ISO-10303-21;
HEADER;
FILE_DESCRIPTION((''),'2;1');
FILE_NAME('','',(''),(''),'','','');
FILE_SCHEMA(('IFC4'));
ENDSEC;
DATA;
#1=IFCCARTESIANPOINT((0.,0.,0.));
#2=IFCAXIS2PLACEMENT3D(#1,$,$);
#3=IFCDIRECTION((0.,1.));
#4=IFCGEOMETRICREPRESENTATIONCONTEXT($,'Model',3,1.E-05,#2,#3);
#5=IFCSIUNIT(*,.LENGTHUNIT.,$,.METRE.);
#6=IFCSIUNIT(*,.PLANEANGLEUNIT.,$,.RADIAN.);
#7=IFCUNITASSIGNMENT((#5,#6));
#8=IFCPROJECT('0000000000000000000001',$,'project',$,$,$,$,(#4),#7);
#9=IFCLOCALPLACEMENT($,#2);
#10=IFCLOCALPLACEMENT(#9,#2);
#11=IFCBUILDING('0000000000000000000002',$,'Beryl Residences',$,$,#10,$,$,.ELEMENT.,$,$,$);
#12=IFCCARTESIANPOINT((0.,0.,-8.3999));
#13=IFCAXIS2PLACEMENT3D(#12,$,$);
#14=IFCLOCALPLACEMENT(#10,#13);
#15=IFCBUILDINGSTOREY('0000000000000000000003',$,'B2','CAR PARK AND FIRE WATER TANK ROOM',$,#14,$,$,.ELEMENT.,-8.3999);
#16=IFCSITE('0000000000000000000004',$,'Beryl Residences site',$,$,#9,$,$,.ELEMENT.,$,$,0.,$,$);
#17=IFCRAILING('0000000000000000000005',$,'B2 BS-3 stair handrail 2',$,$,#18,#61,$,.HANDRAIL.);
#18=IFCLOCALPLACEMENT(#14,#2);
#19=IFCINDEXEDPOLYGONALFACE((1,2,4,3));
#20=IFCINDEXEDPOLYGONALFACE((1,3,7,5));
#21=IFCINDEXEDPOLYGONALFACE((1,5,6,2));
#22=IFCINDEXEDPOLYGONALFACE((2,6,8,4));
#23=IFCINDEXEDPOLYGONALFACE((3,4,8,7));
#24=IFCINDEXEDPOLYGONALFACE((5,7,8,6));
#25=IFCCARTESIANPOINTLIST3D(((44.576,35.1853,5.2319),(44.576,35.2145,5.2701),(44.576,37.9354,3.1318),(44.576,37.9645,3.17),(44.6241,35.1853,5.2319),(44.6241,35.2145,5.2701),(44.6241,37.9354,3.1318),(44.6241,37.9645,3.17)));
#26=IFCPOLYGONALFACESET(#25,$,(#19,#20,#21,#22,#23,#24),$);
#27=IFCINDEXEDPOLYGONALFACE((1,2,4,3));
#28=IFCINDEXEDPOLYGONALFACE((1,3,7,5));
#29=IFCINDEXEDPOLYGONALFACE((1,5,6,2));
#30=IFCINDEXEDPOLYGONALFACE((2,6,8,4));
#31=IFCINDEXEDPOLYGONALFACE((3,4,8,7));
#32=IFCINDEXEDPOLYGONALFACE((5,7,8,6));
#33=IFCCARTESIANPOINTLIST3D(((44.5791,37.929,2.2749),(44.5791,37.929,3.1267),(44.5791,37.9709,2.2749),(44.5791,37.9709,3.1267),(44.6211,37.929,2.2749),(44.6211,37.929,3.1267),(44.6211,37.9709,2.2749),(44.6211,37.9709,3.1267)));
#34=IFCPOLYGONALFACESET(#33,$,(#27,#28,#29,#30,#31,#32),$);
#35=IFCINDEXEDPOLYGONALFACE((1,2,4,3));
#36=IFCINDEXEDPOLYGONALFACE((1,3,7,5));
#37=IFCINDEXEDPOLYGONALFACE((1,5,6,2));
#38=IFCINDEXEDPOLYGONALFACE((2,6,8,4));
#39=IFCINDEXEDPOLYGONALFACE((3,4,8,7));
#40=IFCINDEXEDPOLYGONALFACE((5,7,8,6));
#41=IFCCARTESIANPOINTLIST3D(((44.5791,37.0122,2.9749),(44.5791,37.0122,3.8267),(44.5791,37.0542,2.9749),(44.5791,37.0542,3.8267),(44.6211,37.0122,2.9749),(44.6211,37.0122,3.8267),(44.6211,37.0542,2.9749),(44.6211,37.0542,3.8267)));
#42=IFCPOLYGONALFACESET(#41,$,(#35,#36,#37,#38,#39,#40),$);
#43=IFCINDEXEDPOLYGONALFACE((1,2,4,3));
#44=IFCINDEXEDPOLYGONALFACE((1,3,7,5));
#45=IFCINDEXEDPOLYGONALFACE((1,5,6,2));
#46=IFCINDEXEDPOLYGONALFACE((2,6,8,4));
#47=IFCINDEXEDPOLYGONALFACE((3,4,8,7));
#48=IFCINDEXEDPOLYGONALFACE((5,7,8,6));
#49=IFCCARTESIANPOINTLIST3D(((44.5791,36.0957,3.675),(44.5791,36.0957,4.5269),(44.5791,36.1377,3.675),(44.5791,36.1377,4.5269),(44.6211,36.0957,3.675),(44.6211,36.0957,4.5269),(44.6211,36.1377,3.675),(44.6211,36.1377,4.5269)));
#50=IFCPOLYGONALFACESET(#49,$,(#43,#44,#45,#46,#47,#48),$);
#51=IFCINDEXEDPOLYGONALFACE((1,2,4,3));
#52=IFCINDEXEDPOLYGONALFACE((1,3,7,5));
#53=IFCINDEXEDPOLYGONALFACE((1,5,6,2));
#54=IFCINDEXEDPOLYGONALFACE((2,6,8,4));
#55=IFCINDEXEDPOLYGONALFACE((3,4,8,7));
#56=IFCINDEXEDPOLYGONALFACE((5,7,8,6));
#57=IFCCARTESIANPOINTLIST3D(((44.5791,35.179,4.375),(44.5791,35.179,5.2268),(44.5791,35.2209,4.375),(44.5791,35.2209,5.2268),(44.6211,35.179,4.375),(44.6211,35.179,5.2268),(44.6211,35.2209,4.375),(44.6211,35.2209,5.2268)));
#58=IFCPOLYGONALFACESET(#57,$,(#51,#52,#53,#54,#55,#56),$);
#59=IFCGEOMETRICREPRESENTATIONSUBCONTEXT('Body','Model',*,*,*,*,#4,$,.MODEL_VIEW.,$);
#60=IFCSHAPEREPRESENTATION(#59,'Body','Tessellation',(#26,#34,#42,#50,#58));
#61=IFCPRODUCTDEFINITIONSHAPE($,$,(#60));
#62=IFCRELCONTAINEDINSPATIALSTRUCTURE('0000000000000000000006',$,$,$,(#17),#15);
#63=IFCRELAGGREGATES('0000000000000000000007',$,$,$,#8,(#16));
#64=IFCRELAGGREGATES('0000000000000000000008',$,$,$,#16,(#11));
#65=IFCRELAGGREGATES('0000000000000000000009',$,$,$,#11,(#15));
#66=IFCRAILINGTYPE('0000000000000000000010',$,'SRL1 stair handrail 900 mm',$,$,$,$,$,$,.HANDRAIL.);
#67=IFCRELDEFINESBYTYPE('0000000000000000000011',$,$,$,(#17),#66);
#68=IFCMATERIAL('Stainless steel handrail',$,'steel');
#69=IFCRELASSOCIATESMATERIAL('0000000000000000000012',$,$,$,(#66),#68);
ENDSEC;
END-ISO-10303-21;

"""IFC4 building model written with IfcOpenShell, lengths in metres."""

from ifc_helpers import new_model, si_unit, direction, frame, origin, origin_2d, place, context, subcontext, project, spatial, rectangle, extrude, material, type_object, element, save


model = new_model("IFC4")

# Units and contexts
model_context = context("Model", 3, precision=1e-05, world=origin(), true_north=direction((0.0, 1.0)))
body_context = subcontext(model_context, "Body", "Model", "MODEL_VIEW")
ifc_project = project(units=[si_unit("LENGTHUNIT", "METRE"), si_unit("PLANEANGLEUNIT", "RADIAN")], contexts=[model_context])

# Site, building, storey
site_placement = place(None, origin())
site = spatial("IfcSite", under=ifc_project, at=site_placement, Name="Beryl Residences site", CompositionType="ELEMENT", RefElevation=0.0)
building_placement = place(site_placement, origin())
building = spatial("IfcBuilding", under=site, at=building_placement, Name="Beryl Residences", CompositionType="ELEMENT")
storey_placement = place(building_placement, frame((0.0, 0.0, -8.3999)))
storey = spatial("IfcBuildingStorey", under=building, at=storey_placement, Name="B2", Description="CAR PARK AND FIRE WATER TANK ROOM", CompositionType="ELEMENT", Elevation=-8.3999)

# Railing
ifc_material_1 = material(Name="Stainless steel handrail", Category="steel")
railing_type_1 = type_object("IfcRailingType", Name="SRL1 stair handrail 900 mm", PredefinedType="HANDRAIL", material=ifc_material_1)
railing_1_placement = place(storey_placement, frame((44.6001, 37.95, 2.2749)))
element("IfcRailing", 1, at=railing_1_placement, inside=storey, type_object=railing_type_1, Name="B2 BS-3 stair handrail 2", PredefinedType="HANDRAIL", context=body_context, shape_type="SweptSolid", body=[
    extrude(rectangle(XDim=0.0481, YDim=0.0481, at=origin_2d()), frame((0.0, 0.0, 0.876), z_axis=(0.0, -0.794754, 0.606931), x_axis=(1.0, 0.0, 0.0)), (0.0, 0.0, 1.0), 3.4602),
    extrude(rectangle(XDim=0.042, YDim=0.042, at=origin_2d()), origin(), (0.0, 0.0, 1.0), 0.8518),
    extrude(rectangle(XDim=0.042, YDim=0.042, at=origin_2d()), frame((0.0, -0.9167, 0.7)), (0.0, 0.0, 1.0), 0.8518),
    extrude(rectangle(XDim=0.042, YDim=0.042, at=origin_2d()), frame((0.0, -1.8333, 1.4001)), (0.0, 0.0, 1.0), 0.8518),
    extrude(rectangle(XDim=0.042, YDim=0.042, at=origin_2d()), frame((0.0, -2.75, 2.1001)), (0.0, 0.0, 1.0), 0.8518),
])

save(model, "model.ifc")
